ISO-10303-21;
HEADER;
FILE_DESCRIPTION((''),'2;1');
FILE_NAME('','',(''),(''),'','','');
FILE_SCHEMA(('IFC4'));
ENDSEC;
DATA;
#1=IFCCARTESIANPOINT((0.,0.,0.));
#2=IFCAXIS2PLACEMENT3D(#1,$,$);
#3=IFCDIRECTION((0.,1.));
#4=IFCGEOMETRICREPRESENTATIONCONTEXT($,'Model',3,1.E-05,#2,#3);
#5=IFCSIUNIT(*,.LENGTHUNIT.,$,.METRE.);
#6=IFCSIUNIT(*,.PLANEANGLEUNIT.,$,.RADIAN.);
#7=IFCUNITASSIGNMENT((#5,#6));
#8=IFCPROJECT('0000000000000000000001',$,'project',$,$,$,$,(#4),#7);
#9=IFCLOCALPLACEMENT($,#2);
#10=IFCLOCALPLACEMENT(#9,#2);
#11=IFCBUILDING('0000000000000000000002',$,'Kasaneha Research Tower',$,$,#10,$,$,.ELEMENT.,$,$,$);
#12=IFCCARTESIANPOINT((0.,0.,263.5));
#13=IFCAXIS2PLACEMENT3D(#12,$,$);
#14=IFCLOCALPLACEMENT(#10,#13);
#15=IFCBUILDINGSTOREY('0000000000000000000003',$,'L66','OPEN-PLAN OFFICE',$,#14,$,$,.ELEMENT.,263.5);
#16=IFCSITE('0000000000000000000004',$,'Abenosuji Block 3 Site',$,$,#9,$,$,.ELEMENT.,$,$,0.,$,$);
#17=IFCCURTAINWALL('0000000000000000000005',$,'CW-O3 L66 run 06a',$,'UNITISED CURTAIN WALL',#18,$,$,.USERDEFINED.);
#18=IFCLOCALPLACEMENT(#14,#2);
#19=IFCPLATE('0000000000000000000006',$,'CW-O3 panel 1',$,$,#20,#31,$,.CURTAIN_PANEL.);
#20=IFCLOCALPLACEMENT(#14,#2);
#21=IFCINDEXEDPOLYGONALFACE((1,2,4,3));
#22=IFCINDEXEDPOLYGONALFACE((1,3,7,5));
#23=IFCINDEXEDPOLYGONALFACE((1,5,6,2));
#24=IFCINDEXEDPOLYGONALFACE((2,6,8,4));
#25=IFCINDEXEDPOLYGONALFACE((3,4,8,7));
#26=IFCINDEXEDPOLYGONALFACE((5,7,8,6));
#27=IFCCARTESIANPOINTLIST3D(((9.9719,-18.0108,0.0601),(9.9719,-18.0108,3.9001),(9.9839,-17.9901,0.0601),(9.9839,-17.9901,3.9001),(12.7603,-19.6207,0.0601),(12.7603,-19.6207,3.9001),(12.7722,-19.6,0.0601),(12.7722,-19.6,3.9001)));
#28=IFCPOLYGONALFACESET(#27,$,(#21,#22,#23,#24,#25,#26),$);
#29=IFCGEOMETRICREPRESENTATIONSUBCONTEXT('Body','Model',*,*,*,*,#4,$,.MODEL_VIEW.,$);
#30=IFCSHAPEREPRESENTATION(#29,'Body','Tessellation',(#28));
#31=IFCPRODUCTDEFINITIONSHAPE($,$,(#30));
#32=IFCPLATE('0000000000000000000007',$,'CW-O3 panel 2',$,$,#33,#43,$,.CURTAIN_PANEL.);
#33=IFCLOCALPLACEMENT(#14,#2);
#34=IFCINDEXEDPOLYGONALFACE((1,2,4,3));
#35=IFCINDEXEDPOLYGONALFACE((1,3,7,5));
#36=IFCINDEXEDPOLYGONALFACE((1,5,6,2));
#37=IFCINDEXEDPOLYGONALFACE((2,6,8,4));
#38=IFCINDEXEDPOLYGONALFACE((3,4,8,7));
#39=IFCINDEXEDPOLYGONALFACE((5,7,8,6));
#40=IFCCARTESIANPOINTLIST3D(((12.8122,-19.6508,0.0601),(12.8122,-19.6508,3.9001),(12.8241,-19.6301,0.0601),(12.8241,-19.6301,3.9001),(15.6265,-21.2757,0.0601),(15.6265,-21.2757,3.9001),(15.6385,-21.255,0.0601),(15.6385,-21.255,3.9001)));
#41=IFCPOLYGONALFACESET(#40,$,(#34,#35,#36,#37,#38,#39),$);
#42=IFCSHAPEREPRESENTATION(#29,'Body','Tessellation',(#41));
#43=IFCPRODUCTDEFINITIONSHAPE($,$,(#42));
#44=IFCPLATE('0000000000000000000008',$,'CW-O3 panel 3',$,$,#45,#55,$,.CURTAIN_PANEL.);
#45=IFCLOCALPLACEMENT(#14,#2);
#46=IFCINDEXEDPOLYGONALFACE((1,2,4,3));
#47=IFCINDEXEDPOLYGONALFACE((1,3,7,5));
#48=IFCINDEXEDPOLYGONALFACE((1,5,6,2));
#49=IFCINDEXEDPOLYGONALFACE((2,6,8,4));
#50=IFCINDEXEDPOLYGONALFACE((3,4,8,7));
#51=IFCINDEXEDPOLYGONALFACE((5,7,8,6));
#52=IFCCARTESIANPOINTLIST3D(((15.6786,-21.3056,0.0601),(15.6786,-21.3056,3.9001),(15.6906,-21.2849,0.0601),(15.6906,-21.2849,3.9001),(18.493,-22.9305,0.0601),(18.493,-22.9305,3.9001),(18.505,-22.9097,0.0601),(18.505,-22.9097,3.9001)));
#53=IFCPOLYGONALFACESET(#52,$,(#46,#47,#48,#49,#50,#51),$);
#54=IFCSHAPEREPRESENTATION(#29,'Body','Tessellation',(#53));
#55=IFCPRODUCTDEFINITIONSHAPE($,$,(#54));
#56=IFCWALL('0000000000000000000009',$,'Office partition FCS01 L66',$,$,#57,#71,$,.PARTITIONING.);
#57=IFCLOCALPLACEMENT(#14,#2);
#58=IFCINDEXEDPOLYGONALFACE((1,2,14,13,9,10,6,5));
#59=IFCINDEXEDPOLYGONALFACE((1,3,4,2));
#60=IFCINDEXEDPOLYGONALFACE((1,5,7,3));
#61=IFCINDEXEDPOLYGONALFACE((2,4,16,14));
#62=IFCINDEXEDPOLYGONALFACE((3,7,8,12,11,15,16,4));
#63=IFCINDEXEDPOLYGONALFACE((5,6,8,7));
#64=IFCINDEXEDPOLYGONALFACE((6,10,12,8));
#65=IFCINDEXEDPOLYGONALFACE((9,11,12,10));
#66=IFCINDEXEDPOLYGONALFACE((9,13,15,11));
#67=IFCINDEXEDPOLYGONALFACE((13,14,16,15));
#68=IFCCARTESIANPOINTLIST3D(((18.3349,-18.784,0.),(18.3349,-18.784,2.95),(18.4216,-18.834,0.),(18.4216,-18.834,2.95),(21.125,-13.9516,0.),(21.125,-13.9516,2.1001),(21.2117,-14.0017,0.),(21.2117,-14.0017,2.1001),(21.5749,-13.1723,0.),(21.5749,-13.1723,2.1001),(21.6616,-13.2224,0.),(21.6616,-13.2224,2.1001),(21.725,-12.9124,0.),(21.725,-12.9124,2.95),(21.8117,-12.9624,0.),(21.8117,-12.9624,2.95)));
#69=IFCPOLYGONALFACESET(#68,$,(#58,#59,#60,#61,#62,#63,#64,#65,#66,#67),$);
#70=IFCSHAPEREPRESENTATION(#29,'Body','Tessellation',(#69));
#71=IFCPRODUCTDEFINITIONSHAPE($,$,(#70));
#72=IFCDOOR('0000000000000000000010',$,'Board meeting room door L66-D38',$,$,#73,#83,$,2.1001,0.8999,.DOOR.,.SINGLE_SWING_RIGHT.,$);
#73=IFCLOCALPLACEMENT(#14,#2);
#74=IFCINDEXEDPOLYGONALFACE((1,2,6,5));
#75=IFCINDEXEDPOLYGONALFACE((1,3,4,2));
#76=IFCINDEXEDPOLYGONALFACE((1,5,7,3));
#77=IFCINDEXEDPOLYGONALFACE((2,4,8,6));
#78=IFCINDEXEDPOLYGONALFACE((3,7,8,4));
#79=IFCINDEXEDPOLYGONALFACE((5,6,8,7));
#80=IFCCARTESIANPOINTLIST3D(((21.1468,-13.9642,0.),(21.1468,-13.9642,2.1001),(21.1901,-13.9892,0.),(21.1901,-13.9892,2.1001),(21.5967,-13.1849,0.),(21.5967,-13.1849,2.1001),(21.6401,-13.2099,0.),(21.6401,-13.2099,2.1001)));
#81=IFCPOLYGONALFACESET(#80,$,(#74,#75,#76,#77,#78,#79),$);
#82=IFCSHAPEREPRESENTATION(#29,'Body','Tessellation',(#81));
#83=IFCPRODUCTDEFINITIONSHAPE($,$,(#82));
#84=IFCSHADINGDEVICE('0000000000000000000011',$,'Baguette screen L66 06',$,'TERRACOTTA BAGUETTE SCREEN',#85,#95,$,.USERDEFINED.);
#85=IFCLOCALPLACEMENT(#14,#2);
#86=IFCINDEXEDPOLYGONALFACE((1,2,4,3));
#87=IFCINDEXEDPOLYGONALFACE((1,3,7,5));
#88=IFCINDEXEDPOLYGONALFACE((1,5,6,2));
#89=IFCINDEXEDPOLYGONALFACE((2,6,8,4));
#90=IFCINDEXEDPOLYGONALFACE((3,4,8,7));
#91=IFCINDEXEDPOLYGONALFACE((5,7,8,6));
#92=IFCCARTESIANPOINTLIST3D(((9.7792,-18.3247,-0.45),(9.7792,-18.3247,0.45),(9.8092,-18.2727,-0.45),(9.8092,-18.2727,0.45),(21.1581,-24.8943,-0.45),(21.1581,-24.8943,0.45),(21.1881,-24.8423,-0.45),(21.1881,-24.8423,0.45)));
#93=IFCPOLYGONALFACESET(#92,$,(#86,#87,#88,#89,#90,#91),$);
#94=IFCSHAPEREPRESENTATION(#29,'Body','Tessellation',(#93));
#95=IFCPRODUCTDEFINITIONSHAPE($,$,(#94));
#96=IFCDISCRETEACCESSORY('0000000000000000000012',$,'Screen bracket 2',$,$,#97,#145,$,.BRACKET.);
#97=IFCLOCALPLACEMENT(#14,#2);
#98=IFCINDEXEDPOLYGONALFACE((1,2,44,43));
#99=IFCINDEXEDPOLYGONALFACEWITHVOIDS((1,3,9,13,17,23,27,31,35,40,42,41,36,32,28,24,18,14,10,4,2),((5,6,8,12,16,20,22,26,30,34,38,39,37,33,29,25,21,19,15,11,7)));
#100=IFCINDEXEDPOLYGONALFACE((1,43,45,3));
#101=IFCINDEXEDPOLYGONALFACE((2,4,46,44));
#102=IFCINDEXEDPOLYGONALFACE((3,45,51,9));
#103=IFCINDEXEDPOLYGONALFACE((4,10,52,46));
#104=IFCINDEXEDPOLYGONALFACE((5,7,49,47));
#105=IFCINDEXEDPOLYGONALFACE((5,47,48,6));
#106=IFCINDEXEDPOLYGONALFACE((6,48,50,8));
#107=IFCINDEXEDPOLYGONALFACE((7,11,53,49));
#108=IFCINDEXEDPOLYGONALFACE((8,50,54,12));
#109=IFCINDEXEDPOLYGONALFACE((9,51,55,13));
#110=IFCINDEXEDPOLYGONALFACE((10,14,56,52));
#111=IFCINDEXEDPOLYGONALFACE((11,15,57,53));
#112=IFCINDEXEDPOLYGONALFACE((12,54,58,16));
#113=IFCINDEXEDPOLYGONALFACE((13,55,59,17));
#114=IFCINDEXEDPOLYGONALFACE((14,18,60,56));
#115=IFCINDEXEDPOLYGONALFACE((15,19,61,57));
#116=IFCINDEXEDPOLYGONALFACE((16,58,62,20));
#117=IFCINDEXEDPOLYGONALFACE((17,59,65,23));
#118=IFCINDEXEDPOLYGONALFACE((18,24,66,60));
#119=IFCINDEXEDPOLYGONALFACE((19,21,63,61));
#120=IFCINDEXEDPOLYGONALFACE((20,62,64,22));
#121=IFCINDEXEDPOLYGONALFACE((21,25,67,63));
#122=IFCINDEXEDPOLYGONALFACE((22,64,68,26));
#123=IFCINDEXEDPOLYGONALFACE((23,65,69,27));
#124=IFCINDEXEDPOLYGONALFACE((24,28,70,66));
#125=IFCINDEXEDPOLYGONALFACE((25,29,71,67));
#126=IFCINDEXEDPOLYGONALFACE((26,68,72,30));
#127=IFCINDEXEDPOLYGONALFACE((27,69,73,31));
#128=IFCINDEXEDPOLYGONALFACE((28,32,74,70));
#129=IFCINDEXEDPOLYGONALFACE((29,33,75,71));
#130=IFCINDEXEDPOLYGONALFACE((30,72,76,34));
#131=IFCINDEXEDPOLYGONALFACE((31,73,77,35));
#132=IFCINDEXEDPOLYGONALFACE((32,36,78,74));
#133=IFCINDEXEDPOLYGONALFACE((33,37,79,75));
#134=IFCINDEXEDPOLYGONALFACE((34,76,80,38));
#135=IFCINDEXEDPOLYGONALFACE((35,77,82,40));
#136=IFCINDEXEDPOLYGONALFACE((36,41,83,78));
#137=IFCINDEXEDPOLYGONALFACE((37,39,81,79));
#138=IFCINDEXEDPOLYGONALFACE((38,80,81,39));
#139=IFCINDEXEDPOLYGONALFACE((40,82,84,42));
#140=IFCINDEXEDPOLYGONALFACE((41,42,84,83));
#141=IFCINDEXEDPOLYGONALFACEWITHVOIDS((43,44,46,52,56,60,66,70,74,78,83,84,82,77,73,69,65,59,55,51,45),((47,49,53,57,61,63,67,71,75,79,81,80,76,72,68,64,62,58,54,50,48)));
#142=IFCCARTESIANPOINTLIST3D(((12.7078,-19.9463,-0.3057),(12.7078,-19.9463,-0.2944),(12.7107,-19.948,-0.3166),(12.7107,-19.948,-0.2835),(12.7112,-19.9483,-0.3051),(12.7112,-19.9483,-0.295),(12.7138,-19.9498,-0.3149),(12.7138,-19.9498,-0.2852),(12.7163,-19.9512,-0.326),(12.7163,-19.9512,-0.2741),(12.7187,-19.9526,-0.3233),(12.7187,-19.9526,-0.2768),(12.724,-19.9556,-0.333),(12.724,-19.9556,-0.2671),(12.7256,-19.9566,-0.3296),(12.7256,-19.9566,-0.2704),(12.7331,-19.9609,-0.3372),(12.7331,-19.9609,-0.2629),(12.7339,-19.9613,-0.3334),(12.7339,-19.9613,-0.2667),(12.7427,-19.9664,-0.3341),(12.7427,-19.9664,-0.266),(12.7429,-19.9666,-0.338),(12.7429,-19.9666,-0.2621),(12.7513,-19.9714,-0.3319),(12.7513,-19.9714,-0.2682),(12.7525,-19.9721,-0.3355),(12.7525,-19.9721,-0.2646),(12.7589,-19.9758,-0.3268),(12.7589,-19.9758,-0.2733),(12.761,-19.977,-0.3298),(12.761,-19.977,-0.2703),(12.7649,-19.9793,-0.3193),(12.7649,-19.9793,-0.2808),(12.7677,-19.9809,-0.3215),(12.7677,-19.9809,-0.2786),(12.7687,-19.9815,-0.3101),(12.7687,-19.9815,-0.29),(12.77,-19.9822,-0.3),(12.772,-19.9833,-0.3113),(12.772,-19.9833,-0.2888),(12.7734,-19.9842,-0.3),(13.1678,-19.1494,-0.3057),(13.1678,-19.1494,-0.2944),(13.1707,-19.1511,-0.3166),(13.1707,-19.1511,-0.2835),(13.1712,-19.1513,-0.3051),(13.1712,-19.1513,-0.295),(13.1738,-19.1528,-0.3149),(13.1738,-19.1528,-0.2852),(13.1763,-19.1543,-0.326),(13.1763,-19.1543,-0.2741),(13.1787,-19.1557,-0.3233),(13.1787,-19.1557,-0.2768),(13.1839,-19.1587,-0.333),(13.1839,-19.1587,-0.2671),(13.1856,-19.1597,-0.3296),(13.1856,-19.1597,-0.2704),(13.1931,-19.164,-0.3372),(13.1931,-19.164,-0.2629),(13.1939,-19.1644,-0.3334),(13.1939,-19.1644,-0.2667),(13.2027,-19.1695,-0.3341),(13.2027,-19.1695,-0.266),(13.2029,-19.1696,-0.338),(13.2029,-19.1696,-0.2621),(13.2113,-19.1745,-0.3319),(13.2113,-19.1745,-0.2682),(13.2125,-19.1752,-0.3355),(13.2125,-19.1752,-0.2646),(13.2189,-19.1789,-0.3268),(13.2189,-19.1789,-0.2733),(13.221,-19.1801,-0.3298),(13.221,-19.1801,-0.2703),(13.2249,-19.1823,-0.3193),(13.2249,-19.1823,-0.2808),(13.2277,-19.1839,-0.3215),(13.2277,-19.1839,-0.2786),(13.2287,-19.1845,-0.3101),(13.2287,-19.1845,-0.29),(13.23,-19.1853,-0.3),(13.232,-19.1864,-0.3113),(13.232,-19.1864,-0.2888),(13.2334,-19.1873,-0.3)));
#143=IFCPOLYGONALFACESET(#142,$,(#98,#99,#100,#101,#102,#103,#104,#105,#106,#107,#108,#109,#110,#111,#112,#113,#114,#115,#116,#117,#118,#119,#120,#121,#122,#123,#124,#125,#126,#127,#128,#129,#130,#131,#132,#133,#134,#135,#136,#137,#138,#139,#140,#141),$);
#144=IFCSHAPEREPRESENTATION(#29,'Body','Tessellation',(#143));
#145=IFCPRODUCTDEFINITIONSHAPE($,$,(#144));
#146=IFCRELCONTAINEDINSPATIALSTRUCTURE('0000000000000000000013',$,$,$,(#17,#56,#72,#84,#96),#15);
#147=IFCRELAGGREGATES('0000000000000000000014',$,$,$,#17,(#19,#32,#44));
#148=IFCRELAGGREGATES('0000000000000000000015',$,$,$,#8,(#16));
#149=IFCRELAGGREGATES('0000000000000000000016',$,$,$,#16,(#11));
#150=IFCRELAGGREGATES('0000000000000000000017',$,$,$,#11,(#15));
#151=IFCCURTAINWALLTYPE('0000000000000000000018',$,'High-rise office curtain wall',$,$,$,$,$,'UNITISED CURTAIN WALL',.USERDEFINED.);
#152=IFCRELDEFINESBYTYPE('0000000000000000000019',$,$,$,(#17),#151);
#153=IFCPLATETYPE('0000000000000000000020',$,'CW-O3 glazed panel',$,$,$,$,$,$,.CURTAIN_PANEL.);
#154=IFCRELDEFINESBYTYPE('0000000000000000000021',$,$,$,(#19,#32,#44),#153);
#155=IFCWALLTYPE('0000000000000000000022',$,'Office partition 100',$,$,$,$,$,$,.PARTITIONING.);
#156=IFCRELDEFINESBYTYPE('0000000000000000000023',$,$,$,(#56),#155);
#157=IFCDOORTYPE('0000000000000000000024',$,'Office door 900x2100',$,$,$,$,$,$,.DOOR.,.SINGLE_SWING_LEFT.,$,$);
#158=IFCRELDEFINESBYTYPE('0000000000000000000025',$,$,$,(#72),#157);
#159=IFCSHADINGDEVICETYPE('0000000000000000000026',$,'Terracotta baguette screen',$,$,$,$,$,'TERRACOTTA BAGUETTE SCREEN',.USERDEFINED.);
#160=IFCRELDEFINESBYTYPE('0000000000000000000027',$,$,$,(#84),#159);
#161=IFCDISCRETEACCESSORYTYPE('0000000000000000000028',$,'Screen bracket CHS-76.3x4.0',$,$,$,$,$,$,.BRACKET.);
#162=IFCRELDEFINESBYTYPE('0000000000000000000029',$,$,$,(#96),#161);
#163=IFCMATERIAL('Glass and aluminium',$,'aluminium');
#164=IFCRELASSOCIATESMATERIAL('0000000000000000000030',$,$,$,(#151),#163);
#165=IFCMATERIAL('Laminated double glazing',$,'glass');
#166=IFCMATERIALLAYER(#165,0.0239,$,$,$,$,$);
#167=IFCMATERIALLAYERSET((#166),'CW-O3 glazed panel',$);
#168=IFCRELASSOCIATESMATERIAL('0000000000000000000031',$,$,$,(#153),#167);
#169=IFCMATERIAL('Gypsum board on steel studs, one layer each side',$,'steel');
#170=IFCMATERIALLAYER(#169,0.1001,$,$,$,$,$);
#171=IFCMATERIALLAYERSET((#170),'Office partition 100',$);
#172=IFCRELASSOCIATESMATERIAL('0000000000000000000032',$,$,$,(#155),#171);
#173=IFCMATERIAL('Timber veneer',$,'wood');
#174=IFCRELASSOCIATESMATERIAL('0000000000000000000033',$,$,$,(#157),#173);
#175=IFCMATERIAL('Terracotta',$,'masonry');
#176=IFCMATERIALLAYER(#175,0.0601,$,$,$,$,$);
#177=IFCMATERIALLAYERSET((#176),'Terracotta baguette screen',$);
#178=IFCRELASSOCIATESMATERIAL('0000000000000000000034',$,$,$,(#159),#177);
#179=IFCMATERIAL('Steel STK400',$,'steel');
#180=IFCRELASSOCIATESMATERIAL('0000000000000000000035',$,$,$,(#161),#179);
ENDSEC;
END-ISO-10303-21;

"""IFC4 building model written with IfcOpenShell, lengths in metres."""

from ifc_helpers import new_model, si_unit, direction, frame, frame_2d, origin, origin_2d, place, context, subcontext, project, spatial, rectangle, hollow_circle, extrude, material, layer, layer_set, material_profile, profile_set, type_object, element, fill, aggregate, save


model = new_model("IFC4")

# Units and contexts
model_context = context("Model", 3, precision=1e-05, world=origin(), true_north=direction((0.0, 1.0)))
body_context = subcontext(model_context, "Body", "Model", "MODEL_VIEW")
ifc_project = project(units=[si_unit("LENGTHUNIT", "METRE"), si_unit("PLANEANGLEUNIT", "RADIAN")], contexts=[model_context])

# Site, building, storey
site_placement = place(None, origin())
site = spatial("IfcSite", under=ifc_project, at=site_placement, Name="Abenosuji Block 3 Site", CompositionType="ELEMENT", RefElevation=0.0)
building_placement = place(site_placement, origin())
building = spatial("IfcBuilding", under=site, at=building_placement, Name="Kasaneha Research Tower", CompositionType="ELEMENT")
storey_placement = place(building_placement, frame((0.0, 0.0, 263.5)))
storey = spatial("IfcBuildingStorey", under=building, at=storey_placement, Name="L66", Description="OPEN-PLAN OFFICE", CompositionType="ELEMENT", Elevation=263.5)

# Curtain wall
ifc_material_1 = material(Name="Glass and aluminium", Category="aluminium")
curtain_wall_type = type_object("IfcCurtainWallType", Name="High-rise office curtain wall", ElementType="UNITISED CURTAIN WALL", PredefinedType="USERDEFINED", material=ifc_material_1)
curtain_wall_1_placement = place(storey_placement, origin())
curtain_wall_1 = element("IfcCurtainWall", 1, at=curtain_wall_1_placement, inside=storey, type_object=curtain_wall_type, Name="CW-O3 L66 run 06a", ObjectType="UNITISED CURTAIN WALL", PredefinedType="USERDEFINED")

# Plates
ifc_material_2 = material(Name="Laminated double glazing", Category="glass")
ifc_layer_1 = layer(ifc_material_2, 0.0239)
ifc_layer_set_1 = layer_set([ifc_layer_1], Name="CW-O3 glazed panel")
plate_type = type_object("IfcPlateType", Name="CW-O3 glazed panel", PredefinedType="CURTAIN_PANEL", material=ifc_layer_set_1)
plate_1_placement = place(storey_placement, frame((11.3721, -18.8054, 0.0601), z_axis=(0.0, 0.0, 1.0), x_axis=(0.866025, -0.5, 0.0)))
plate_1 = element("IfcPlate", 2, at=plate_1_placement, type_object=plate_type, Name="CW-O3 panel 1", PredefinedType="CURTAIN_PANEL", context=body_context, shape_type="SweptSolid", body=[
    extrude(rectangle(XDim=3.2197, YDim=0.0239, at=origin_2d()), origin(), (0.0, 0.0, 1.0), 3.8401),
])
plate_2_placement = place(storey_placement, frame((14.2253, -20.4529, 0.0601), z_axis=(0.0, 0.0, 1.0), x_axis=(0.866025, -0.5, 0.0)))
plate_2 = element("IfcPlate", 3, at=plate_2_placement, type_object=plate_type, Name="CW-O3 panel 2", PredefinedType="CURTAIN_PANEL", context=body_context, shape_type="SweptSolid", body=[
    extrude(rectangle(XDim=3.2498, YDim=0.0239, at=origin_2d()), origin(), (0.0, 0.0, 1.0), 3.8401),
])
plate_3_placement = place(storey_placement, frame((17.0918, -22.1077, 0.0601), z_axis=(0.0, 0.0, 1.0), x_axis=(0.866025, -0.5, 0.0)))
plate_3 = element("IfcPlate", 4, at=plate_3_placement, type_object=plate_type, Name="CW-O3 panel 3", PredefinedType="CURTAIN_PANEL", context=body_context, shape_type="SweptSolid", body=[
    extrude(rectangle(XDim=3.2498, YDim=0.0239, at=origin_2d()), origin(), (0.0, 0.0, 1.0), 3.8401),
])
aggregate(curtain_wall_1, [plate_1, plate_2, plate_3])

# Wall, opening, door
ifc_material_3 = material(Name="Gypsum board on steel studs, one layer each side", Category="steel")
ifc_layer_2 = layer(ifc_material_3, 0.1001)
ifc_layer_set_2 = layer_set([ifc_layer_2], Name="Office partition 100")
wall_type = type_object("IfcWallType", Name="Office partition 100", PredefinedType="PARTITIONING", material=ifc_layer_set_2)
wall_placement = place(storey_placement, frame((18.3782, -18.8091, 0.0), z_axis=(0.0, 0.0, 1.0), x_axis=(0.50002, 0.866014, 0.0)))
wall = element("IfcWall", 5, at=wall_placement, inside=storey, type_object=wall_type, Name="Office partition FCS01 L66", PredefinedType="PARTITIONING", context=body_context, shape_type="SweptSolid", body=[
    extrude(rectangle(XDim=6.78, YDim=0.1001, at=frame_2d((3.3901, 0.0))), origin(), (0.0, 0.0, 1.0), 2.95),
])
opening_placement = place(wall_placement, frame((5.5801, 0.0, 0.0)))
opening = element("IfcOpeningElement", 6, at=opening_placement, cuts=wall, PredefinedType="OPENING", context=body_context, shape_type="SweptSolid", body=[
    extrude(rectangle(XDim=0.8999, YDim=2.1001, at=frame_2d((0.45, 1.05))), frame((0.0, 0.0601, 0.0), z_axis=(0.0, -1.0, 0.0), x_axis=(1.0, 0.0, 0.0)), (0.0, 0.0, 1.0), 0.1201),
])
ifc_material_4 = material(Name="Timber veneer", Category="wood")
door_type = type_object("IfcDoorType", Name="Office door 900x2100", OperationType="SINGLE_SWING_LEFT", PredefinedType="DOOR", material=ifc_material_4)
door_placement = place(opening_placement, origin())
door = element("IfcDoor", 7, at=door_placement, inside=storey, type_object=door_type, Name="Board meeting room door L66-D38", OperationType="SINGLE_SWING_RIGHT", OverallHeight=2.1001, OverallWidth=0.8999, PredefinedType="DOOR", context=body_context, shape_type="SweptSolid", body=[
    extrude(rectangle(XDim=0.8999, YDim=2.1001, at=frame_2d((0.45, 1.05))), frame((0.0, 0.0249, 0.0), z_axis=(0.0, -1.0, 0.0), x_axis=(1.0, 0.0, 0.0)), (0.0, 0.0, 1.0), 0.05),
])
fill(opening, door)

# Shading device
ifc_material_5 = material(Name="Terracotta", Category="masonry")
ifc_layer_3 = layer(ifc_material_5, 0.0601)
ifc_layer_set_3 = layer_set([ifc_layer_3], Name="Terracotta baguette screen")
shading_device_type = type_object("IfcShadingDeviceType", Name="Terracotta baguette screen", ElementType="TERRACOTTA BAGUETTE SCREEN", PredefinedType="USERDEFINED", material=ifc_layer_set_3)
shading_device_placement = place(storey_placement, frame((15.4836, -21.5835, -0.45), z_axis=(0.0, 0.0, 1.0), x_axis=(0.866025, -0.5, 0.0)))
element("IfcShadingDevice", 8, at=shading_device_placement, inside=storey, type_object=shading_device_type, Name="Baguette screen L66 06", ObjectType="TERRACOTTA BAGUETTE SCREEN", PredefinedType="USERDEFINED", context=body_context, shape_type="SweptSolid", body=[
    extrude(rectangle(XDim=13.1392, YDim=0.0601, at=origin_2d()), origin(), (0.0, 0.0, 1.0), 0.8999),
])

# Discrete accessory
ifc_material_6 = material(Name="Steel STK400", Category="steel")
ifc_material_profile_1 = material_profile(ifc_material_6, hollow_circle(Radius=0.0381, WallThickness=0.0039, at=origin_2d()), Name="CHS-76.3x4.0")
ifc_profile_set_1 = profile_set([ifc_material_profile_1], Name="Steel STK400")
discrete_accessory_type = type_object("IfcDiscreteAccessoryType", Name="Screen bracket CHS-76.3x4.0", PredefinedType="BRACKET", material=ifc_profile_set_1)
discrete_accessory_1_placement = place(storey_placement, frame((13.2004, -19.1682, -0.3), z_axis=(-0.499906, -0.86608, 0.0), x_axis=(0.86608, -0.499906, 0.0)))
element("IfcDiscreteAccessory", 9, at=discrete_accessory_1_placement, inside=storey, type_object=discrete_accessory_type, Name="Screen bracket 2", PredefinedType="BRACKET", context=body_context, shape_type="SweptSolid", body=[
    extrude(hollow_circle(Radius=0.0381, WallThickness=0.0039, at=origin_2d()), origin(), (0.0, 0.0, 1.0), 0.9202),
])

save(model, "model.ifc")
